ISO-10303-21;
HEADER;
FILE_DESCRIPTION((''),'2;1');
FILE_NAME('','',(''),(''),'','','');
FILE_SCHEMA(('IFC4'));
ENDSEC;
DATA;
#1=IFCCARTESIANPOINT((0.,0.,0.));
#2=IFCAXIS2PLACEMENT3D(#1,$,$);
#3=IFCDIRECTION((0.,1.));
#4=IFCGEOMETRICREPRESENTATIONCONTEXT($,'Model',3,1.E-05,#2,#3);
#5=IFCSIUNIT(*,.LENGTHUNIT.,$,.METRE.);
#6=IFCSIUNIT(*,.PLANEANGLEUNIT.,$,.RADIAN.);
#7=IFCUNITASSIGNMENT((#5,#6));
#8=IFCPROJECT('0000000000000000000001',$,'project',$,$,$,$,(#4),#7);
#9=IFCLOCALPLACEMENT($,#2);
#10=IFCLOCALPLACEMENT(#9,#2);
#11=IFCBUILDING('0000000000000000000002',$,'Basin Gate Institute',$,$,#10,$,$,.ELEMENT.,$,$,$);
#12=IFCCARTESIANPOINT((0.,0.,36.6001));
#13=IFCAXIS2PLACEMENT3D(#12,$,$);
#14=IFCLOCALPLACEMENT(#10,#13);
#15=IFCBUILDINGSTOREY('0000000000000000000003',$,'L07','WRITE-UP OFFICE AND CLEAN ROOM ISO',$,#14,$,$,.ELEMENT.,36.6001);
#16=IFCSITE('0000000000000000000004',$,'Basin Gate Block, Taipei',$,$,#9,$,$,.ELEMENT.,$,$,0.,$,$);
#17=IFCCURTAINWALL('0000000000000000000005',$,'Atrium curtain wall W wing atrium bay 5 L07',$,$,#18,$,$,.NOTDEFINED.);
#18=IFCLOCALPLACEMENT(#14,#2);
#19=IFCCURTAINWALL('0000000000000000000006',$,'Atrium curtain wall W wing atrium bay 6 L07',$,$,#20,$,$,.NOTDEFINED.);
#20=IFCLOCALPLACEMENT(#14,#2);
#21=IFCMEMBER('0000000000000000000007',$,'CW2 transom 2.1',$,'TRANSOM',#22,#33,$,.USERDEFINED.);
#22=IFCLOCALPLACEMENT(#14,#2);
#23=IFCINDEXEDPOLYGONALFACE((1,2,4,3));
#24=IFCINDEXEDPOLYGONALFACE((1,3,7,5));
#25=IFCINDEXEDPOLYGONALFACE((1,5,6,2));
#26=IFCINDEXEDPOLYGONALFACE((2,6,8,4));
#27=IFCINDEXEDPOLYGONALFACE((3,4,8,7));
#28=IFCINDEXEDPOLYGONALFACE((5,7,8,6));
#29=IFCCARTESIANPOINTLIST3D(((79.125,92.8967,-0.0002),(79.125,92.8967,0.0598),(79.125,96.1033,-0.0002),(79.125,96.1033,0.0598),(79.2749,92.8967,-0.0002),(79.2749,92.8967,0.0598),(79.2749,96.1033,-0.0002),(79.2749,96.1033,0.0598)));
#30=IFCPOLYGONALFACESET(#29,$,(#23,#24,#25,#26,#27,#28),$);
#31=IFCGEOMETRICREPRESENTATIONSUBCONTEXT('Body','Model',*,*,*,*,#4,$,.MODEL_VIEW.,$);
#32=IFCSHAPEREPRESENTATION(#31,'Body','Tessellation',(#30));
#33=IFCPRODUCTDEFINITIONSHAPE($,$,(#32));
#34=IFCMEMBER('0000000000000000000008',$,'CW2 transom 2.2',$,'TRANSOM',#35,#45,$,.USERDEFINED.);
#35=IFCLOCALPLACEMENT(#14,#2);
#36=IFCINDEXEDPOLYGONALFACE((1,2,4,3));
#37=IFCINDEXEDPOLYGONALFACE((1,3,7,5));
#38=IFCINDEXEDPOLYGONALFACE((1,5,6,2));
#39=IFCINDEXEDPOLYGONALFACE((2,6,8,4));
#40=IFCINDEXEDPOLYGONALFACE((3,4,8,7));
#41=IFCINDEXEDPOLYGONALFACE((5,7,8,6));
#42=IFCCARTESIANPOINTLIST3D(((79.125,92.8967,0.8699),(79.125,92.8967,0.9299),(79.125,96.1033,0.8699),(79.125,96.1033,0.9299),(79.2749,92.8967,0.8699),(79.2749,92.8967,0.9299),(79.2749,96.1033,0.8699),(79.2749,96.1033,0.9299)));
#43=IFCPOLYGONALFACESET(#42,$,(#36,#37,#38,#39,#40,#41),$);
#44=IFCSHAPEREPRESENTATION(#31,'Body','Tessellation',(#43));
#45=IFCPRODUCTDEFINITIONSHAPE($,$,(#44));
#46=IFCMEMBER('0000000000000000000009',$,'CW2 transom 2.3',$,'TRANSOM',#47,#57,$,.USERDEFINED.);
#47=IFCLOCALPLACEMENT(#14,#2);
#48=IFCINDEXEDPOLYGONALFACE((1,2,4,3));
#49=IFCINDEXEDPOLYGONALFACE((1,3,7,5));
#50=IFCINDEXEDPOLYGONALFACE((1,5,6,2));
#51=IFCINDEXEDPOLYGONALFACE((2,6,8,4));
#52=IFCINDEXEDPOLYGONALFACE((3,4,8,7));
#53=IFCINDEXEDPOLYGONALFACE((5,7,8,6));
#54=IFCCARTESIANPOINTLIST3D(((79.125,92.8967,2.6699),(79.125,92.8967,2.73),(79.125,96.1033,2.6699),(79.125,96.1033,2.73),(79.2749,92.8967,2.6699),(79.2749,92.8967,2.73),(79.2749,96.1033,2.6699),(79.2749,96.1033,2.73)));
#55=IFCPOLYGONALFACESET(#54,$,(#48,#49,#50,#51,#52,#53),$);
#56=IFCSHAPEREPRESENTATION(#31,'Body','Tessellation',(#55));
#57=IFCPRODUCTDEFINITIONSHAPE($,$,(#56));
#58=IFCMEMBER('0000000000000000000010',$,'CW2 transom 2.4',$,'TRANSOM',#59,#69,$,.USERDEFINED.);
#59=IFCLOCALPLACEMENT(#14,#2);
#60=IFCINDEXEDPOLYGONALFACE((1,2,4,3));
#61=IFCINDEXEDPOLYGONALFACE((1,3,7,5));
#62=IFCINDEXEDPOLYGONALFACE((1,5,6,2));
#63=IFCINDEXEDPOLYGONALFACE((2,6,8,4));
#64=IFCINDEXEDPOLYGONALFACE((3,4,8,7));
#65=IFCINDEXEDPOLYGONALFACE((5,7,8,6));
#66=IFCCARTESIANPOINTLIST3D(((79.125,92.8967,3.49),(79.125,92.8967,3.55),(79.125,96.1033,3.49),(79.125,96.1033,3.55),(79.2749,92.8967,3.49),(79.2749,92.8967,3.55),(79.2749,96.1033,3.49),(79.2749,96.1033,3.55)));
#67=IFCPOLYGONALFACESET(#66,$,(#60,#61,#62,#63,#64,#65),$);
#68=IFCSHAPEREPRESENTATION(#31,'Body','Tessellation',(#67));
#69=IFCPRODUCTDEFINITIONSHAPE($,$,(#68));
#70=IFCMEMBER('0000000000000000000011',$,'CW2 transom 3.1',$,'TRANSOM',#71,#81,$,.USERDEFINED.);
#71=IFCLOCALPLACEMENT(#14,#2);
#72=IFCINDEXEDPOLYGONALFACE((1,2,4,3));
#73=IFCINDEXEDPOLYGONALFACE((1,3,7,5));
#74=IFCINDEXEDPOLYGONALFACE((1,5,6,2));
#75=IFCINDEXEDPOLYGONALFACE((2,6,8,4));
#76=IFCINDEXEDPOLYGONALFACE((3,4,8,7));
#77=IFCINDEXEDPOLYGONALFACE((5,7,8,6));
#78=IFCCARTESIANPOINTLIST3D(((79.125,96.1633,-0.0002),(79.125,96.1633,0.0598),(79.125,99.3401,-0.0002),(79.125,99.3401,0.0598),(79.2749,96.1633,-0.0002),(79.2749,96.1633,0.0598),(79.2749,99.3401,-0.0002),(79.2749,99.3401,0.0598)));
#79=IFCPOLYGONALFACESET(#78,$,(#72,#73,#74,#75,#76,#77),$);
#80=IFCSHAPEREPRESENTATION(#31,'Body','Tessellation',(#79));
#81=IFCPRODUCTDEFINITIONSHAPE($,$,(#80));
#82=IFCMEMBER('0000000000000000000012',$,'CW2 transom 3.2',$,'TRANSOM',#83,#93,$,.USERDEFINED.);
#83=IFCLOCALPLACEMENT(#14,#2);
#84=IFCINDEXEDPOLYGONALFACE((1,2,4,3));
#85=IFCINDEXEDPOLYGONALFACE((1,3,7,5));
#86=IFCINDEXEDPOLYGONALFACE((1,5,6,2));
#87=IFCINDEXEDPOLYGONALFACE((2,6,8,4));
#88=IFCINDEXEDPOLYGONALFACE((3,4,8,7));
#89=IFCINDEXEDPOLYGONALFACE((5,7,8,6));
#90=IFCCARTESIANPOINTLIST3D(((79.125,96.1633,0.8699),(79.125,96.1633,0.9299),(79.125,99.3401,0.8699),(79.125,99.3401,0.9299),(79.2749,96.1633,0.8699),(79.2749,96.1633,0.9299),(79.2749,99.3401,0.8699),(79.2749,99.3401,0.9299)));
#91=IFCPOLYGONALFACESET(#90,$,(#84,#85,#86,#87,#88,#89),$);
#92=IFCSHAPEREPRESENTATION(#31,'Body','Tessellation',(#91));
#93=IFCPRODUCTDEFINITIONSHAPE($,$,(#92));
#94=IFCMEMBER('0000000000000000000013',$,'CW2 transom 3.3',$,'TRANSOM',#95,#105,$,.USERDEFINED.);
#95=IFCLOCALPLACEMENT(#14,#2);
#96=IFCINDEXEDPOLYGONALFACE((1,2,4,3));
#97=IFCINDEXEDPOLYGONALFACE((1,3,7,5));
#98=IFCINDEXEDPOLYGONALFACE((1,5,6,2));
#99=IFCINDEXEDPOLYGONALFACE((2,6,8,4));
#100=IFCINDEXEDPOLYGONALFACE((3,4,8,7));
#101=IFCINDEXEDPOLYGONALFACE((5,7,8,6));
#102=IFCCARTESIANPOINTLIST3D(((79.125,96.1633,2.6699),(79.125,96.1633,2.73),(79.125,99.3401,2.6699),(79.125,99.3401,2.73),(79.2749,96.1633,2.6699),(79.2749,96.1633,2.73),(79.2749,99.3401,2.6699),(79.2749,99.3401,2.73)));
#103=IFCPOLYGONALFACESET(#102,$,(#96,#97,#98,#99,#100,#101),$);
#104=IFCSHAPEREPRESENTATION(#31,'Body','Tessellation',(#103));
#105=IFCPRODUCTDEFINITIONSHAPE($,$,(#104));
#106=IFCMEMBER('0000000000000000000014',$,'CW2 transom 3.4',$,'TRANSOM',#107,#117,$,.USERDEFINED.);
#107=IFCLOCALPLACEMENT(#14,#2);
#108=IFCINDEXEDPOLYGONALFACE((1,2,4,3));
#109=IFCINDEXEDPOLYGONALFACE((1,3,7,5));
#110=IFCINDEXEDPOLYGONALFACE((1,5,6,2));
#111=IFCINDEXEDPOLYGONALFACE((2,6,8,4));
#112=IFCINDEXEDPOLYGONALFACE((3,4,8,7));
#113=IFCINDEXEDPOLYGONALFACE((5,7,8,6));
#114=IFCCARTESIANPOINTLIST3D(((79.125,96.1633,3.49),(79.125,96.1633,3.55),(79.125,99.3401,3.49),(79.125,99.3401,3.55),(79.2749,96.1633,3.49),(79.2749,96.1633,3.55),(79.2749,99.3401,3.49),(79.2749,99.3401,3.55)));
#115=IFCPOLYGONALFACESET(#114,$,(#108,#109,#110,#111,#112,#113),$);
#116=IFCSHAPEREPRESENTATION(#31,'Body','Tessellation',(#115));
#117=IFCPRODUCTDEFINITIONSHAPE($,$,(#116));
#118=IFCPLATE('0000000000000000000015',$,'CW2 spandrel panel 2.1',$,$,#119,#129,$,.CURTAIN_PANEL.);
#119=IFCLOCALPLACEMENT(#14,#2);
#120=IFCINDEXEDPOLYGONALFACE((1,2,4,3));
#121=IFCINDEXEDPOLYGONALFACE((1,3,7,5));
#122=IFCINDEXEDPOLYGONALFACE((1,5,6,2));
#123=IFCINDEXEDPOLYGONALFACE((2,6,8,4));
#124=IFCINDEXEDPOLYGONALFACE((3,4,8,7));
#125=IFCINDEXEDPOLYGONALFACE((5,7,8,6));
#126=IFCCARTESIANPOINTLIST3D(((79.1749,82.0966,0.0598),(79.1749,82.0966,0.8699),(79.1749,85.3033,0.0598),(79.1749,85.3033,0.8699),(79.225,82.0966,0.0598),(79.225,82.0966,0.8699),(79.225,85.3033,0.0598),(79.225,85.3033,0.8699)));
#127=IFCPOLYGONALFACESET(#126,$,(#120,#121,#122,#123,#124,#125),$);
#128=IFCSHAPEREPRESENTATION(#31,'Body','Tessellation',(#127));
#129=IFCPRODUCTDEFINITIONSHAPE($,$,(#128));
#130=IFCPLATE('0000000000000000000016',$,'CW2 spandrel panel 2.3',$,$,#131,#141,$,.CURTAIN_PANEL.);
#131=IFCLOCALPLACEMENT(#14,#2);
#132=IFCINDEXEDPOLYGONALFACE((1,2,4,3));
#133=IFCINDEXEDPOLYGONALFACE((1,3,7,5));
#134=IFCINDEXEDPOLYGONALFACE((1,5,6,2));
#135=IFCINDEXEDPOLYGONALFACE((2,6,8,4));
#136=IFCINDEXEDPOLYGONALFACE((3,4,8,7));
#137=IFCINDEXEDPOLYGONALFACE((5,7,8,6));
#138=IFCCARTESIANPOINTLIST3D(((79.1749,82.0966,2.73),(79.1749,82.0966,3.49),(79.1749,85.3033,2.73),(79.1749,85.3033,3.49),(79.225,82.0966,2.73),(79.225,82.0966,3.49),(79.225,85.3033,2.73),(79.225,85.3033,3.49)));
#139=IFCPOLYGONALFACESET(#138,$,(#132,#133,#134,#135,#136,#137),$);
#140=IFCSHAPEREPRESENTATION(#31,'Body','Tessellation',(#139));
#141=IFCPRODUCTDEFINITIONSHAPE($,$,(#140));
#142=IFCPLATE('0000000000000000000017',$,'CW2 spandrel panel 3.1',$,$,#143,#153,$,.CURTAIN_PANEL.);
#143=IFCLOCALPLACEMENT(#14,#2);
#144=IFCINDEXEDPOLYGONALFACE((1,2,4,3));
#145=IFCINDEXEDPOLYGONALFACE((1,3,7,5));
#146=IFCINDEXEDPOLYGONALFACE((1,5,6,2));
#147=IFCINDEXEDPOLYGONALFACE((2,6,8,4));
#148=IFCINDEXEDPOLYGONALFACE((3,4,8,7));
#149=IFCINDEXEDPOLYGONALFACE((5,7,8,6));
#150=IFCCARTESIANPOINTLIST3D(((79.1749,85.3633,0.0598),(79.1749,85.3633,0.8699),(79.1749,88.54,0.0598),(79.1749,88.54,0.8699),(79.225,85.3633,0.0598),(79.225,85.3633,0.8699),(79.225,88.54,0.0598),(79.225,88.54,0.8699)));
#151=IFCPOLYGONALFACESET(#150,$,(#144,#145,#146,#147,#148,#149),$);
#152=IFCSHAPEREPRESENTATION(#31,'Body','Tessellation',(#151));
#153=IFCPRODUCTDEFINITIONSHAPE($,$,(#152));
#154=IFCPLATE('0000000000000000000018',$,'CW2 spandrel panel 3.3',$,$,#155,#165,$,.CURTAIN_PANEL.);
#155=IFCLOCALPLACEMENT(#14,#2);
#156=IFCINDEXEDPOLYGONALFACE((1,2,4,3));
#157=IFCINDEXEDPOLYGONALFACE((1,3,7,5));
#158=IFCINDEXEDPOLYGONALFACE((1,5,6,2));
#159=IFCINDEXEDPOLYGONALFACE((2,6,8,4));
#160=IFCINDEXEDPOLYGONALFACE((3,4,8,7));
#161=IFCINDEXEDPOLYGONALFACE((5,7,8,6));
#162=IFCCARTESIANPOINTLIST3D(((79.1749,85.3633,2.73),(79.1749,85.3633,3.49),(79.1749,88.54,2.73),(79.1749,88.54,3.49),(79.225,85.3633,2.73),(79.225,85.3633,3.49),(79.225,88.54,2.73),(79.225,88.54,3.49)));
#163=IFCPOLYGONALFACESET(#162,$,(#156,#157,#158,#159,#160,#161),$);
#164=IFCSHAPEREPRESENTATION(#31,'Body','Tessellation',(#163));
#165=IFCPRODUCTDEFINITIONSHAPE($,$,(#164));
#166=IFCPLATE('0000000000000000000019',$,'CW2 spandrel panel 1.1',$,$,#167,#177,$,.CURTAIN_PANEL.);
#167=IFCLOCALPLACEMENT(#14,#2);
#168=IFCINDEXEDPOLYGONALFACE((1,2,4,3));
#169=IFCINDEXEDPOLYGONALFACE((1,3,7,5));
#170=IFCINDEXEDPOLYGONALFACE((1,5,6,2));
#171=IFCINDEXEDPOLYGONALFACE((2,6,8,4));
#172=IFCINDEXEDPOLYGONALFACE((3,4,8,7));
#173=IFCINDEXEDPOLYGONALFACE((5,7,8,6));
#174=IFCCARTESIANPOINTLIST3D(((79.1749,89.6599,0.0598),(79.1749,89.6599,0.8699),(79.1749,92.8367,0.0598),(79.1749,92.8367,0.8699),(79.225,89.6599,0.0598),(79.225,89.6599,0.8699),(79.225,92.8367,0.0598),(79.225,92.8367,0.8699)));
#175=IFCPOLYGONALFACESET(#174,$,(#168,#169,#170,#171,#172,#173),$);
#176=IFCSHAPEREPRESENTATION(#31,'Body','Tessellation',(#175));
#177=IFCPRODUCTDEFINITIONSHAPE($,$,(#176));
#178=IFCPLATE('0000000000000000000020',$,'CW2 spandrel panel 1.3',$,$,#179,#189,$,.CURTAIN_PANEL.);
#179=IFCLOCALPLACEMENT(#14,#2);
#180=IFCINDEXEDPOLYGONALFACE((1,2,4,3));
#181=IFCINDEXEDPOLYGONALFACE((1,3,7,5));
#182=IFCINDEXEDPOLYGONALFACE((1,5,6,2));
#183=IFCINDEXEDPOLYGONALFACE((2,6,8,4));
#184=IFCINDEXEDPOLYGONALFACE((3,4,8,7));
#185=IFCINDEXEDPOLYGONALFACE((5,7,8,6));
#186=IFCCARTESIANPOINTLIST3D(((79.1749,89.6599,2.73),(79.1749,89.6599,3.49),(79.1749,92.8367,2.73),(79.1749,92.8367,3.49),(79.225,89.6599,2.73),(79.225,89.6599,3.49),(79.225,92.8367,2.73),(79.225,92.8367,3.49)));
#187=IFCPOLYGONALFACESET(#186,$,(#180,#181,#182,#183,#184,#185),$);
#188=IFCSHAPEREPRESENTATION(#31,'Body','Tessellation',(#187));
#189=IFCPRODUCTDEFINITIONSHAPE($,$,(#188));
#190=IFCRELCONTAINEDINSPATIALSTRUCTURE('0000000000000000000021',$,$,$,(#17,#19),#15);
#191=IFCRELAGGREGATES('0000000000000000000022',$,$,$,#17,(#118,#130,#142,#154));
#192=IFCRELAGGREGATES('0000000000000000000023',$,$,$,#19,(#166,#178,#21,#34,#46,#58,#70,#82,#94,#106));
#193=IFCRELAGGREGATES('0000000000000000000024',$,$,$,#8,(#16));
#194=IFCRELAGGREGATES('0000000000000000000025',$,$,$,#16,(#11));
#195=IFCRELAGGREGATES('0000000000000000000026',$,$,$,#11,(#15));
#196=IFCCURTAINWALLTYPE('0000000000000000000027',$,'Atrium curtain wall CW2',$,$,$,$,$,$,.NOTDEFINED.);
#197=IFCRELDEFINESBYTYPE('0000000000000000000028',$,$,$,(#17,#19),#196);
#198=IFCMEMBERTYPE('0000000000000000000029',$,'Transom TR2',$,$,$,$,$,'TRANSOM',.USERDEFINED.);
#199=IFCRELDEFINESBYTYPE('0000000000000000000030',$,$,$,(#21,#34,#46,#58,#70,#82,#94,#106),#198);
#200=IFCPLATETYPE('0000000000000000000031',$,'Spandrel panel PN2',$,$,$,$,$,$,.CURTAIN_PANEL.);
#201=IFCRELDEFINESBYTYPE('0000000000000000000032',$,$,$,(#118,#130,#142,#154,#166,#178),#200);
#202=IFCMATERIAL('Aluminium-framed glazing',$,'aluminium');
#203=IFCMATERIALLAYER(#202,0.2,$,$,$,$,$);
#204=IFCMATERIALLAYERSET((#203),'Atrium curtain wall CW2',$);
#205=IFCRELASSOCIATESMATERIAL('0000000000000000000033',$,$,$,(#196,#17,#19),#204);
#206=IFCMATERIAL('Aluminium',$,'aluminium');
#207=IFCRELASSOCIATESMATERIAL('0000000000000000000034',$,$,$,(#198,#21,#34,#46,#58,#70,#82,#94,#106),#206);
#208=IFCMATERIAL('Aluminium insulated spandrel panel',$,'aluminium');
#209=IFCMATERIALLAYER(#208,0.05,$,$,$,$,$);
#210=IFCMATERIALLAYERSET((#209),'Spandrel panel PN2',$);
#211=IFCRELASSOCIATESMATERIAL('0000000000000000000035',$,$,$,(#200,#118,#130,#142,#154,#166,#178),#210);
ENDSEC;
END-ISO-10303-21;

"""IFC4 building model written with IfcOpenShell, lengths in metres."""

from ifc_helpers import new_model, si_unit, direction, frame, origin, origin_2d, place, context, subcontext, project, spatial, rectangle, extrude, material, layer, layer_set, material_profile, profile_set, type_object, element, aggregate, save


model = new_model("IFC4")

# Units and contexts
model_context = context("Model", 3, precision=1e-05, world=origin(), true_north=direction((0.0, 1.0)))
body_context = subcontext(model_context, "Body", "Model", "MODEL_VIEW")
ifc_project = project(units=[si_unit("LENGTHUNIT", "METRE"), si_unit("PLANEANGLEUNIT", "RADIAN")], contexts=[model_context])

# Site, building, storey
site_placement = place(None, origin())
site = spatial("IfcSite", under=ifc_project, at=site_placement, Name="Basin Gate Block, Taipei", CompositionType="ELEMENT", RefElevation=0.0)
building_placement = place(site_placement, origin())
building = spatial("IfcBuilding", under=site, at=building_placement, Name="Basin Gate Institute", CompositionType="ELEMENT")
storey_placement = place(building_placement, frame((0.0, 0.0, 36.6001)))
storey = spatial("IfcBuildingStorey", under=building, at=storey_placement, Name="L07", Description="WRITE-UP OFFICE AND CLEAN ROOM ISO", CompositionType="ELEMENT", Elevation=36.6001)

# Curtain walls
ifc_material_1 = material(Name="Aluminium-framed glazing", Category="aluminium")
ifc_layer_1 = layer(ifc_material_1, 0.2)
ifc_layer_set_1 = layer_set([ifc_layer_1], Name="Atrium curtain wall CW2")
curtain_wall_type = type_object("IfcCurtainWallType", Name="Atrium curtain wall CW2", PredefinedType="NOTDEFINED", material=ifc_layer_set_1)
curtain_wall_1_placement = place(storey_placement, origin())
curtain_wall_1 = element("IfcCurtainWall", 1, at=curtain_wall_1_placement, inside=storey, type_object=curtain_wall_type, material=ifc_layer_set_1, Name="Atrium curtain wall W wing atrium bay 5 L07", PredefinedType="NOTDEFINED")
curtain_wall_2_placement = place(storey_placement, origin())
curtain_wall_2 = element("IfcCurtainWall", 2, at=curtain_wall_2_placement, inside=storey, type_object=curtain_wall_type, material=ifc_layer_set_1, Name="Atrium curtain wall W wing atrium bay 6 L07", PredefinedType="NOTDEFINED")

# Members
ifc_material_2 = material(Name="Aluminium", Category="aluminium")
ifc_material_profile_1 = material_profile(ifc_material_2, rectangle(XDim=0.1499, YDim=0.0601, at=origin_2d()), Name="Transom TR2 150 x 60")
ifc_profile_set_1 = profile_set([ifc_material_profile_1], Name="Aluminium")
member_type_1 = type_object("IfcMemberType", Name="Transom TR2", ElementType="TRANSOM", PredefinedType="USERDEFINED", material=ifc_profile_set_1)
member_1_placement = place(storey_placement, frame((79.2, 92.8967, 0.0298), z_axis=(0.0, 1.0, 0.0), x_axis=(-1.0, 0.0, 0.0)))
member_1 = element("IfcMember", 3, at=member_1_placement, type_object=member_type_1, material=ifc_profile_set_1, Name="CW2 transom 2.1", ObjectType="TRANSOM", PredefinedType="USERDEFINED", context=body_context, shape_type="SweptSolid", body=[
    extrude(rectangle(XDim=0.1499, YDim=0.0601, at=origin_2d()), origin(), (0.0, 0.0, 1.0), 3.2065),
])
member_2_placement = place(storey_placement, frame((79.2, 92.8967, 0.8999), z_axis=(0.0, 1.0, 0.0), x_axis=(-1.0, 0.0, 0.0)))
member_2 = element("IfcMember", 4, at=member_2_placement, type_object=member_type_1, material=ifc_profile_set_1, Name="CW2 transom 2.2", ObjectType="TRANSOM", PredefinedType="USERDEFINED", context=body_context, shape_type="SweptSolid", body=[
    extrude(rectangle(XDim=0.1499, YDim=0.0601, at=origin_2d()), origin(), (0.0, 0.0, 1.0), 3.2065),
])
member_3_placement = place(storey_placement, frame((79.2, 92.8967, 2.7), z_axis=(0.0, 1.0, 0.0), x_axis=(-1.0, 0.0, 0.0)))
member_3 = element("IfcMember", 5, at=member_3_placement, type_object=member_type_1, material=ifc_profile_set_1, Name="CW2 transom 2.3", ObjectType="TRANSOM", PredefinedType="USERDEFINED", context=body_context, shape_type="SweptSolid", body=[
    extrude(rectangle(XDim=0.1499, YDim=0.0601, at=origin_2d()), origin(), (0.0, 0.0, 1.0), 3.2065),
])
member_4_placement = place(storey_placement, frame((79.2, 92.8967, 3.52), z_axis=(0.0, 1.0, 0.0), x_axis=(-1.0, 0.0, 0.0)))
member_4 = element("IfcMember", 6, at=member_4_placement, type_object=member_type_1, material=ifc_profile_set_1, Name="CW2 transom 2.4", ObjectType="TRANSOM", PredefinedType="USERDEFINED", context=body_context, shape_type="SweptSolid", body=[
    extrude(rectangle(XDim=0.1499, YDim=0.0601, at=origin_2d()), origin(), (0.0, 0.0, 1.0), 3.2065),
])
member_5_placement = place(storey_placement, frame((79.2, 96.1633, 0.0298), z_axis=(0.0, 1.0, 0.0), x_axis=(-1.0, 0.0, 0.0)))
member_5 = element("IfcMember", 7, at=member_5_placement, type_object=member_type_1, material=ifc_profile_set_1, Name="CW2 transom 3.1", ObjectType="TRANSOM", PredefinedType="USERDEFINED", context=body_context, shape_type="SweptSolid", body=[
    extrude(rectangle(XDim=0.1499, YDim=0.0601, at=origin_2d()), origin(), (0.0, 0.0, 1.0), 3.1768),
])
member_6_placement = place(storey_placement, frame((79.2, 96.1633, 0.8999), z_axis=(0.0, 1.0, 0.0), x_axis=(-1.0, 0.0, 0.0)))
member_6 = element("IfcMember", 8, at=member_6_placement, type_object=member_type_1, material=ifc_profile_set_1, Name="CW2 transom 3.2", ObjectType="TRANSOM", PredefinedType="USERDEFINED", context=body_context, shape_type="SweptSolid", body=[
    extrude(rectangle(XDim=0.1499, YDim=0.0601, at=origin_2d()), origin(), (0.0, 0.0, 1.0), 3.1768),
])
member_7_placement = place(storey_placement, frame((79.2, 96.1633, 2.7), z_axis=(0.0, 1.0, 0.0), x_axis=(-1.0, 0.0, 0.0)))
member_7 = element("IfcMember", 9, at=member_7_placement, type_object=member_type_1, material=ifc_profile_set_1, Name="CW2 transom 3.3", ObjectType="TRANSOM", PredefinedType="USERDEFINED", context=body_context, shape_type="SweptSolid", body=[
    extrude(rectangle(XDim=0.1499, YDim=0.0601, at=origin_2d()), origin(), (0.0, 0.0, 1.0), 3.1768),
])
member_8_placement = place(storey_placement, frame((79.2, 96.1633, 3.52), z_axis=(0.0, 1.0, 0.0), x_axis=(-1.0, 0.0, 0.0)))
member_8 = element("IfcMember", 10, at=member_8_placement, type_object=member_type_1, material=ifc_profile_set_1, Name="CW2 transom 3.4", ObjectType="TRANSOM", PredefinedType="USERDEFINED", context=body_context, shape_type="SweptSolid", body=[
    extrude(rectangle(XDim=0.1499, YDim=0.0601, at=origin_2d()), origin(), (0.0, 0.0, 1.0), 3.1768),
])

# Plates
ifc_material_3 = material(Name="Aluminium insulated spandrel panel", Category="aluminium")
ifc_layer_2 = layer(ifc_material_3, 0.05)
ifc_layer_set_2 = layer_set([ifc_layer_2], Name="Spandrel panel PN2")
plate_type_1 = type_object("IfcPlateType", Name="Spandrel panel PN2", PredefinedType="CURTAIN_PANEL", material=ifc_layer_set_2)
plate_1_placement = place(storey_placement, frame((79.2, 83.7, 0.0598), z_axis=(0.0, 0.0, 1.0), x_axis=(0.0, 1.0, 0.0)))
plate_1 = element("IfcPlate", 11, at=plate_1_placement, type_object=plate_type_1, material=ifc_layer_set_2, Name="CW2 spandrel panel 2.1", PredefinedType="CURTAIN_PANEL", context=body_context, shape_type="SweptSolid", body=[
    extrude(rectangle(XDim=3.2068, YDim=0.05, at=origin_2d()), origin(), (0.0, 0.0, 1.0), 0.8101),
])
plate_2_placement = place(storey_placement, frame((79.2, 83.7, 2.73), z_axis=(0.0, 0.0, 1.0), x_axis=(0.0, 1.0, 0.0)))
plate_2 = element("IfcPlate", 12, at=plate_2_placement, type_object=plate_type_1, material=ifc_layer_set_2, Name="CW2 spandrel panel 2.3", PredefinedType="CURTAIN_PANEL", context=body_context, shape_type="SweptSolid", body=[
    extrude(rectangle(XDim=3.2068, YDim=0.05, at=origin_2d()), origin(), (0.0, 0.0, 1.0), 0.76),
])
plate_3_placement = place(storey_placement, frame((79.2, 86.9517, 0.0598), z_axis=(0.0, 0.0, 1.0), x_axis=(0.0, 1.0, 0.0)))
plate_3 = element("IfcPlate", 13, at=plate_3_placement, type_object=plate_type_1, material=ifc_layer_set_2, Name="CW2 spandrel panel 3.1", PredefinedType="CURTAIN_PANEL", context=body_context, shape_type="SweptSolid", body=[
    extrude(rectangle(XDim=3.1768, YDim=0.05, at=origin_2d()), origin(), (0.0, 0.0, 1.0), 0.8101),
])
plate_4_placement = place(storey_placement, frame((79.2, 86.9517, 2.73), z_axis=(0.0, 0.0, 1.0), x_axis=(0.0, 1.0, 0.0)))
plate_4 = element("IfcPlate", 14, at=plate_4_placement, type_object=plate_type_1, material=ifc_layer_set_2, Name="CW2 spandrel panel 3.3", PredefinedType="CURTAIN_PANEL", context=body_context, shape_type="SweptSolid", body=[
    extrude(rectangle(XDim=3.1768, YDim=0.05, at=origin_2d()), origin(), (0.0, 0.0, 1.0), 0.76),
])
plate_5_placement = place(storey_placement, frame((79.2, 91.2483, 0.0598), z_axis=(0.0, 0.0, 1.0), x_axis=(0.0, 1.0, 0.0)))
plate_5 = element("IfcPlate", 15, at=plate_5_placement, type_object=plate_type_1, material=ifc_layer_set_2, Name="CW2 spandrel panel 1.1", PredefinedType="CURTAIN_PANEL", context=body_context, shape_type="SweptSolid", body=[
    extrude(rectangle(XDim=3.1768, YDim=0.05, at=origin_2d()), origin(), (0.0, 0.0, 1.0), 0.8101),
])
plate_6_placement = place(storey_placement, frame((79.2, 91.2483, 2.73), z_axis=(0.0, 0.0, 1.0), x_axis=(0.0, 1.0, 0.0)))
plate_6 = element("IfcPlate", 16, at=plate_6_placement, type_object=plate_type_1, material=ifc_layer_set_2, Name="CW2 spandrel panel 1.3", PredefinedType="CURTAIN_PANEL", context=body_context, shape_type="SweptSolid", body=[
    extrude(rectangle(XDim=3.1768, YDim=0.05, at=origin_2d()), origin(), (0.0, 0.0, 1.0), 0.76),
])
aggregate(curtain_wall_1, [plate_1, plate_2, plate_3, plate_4])
aggregate(curtain_wall_2, [plate_5, plate_6, member_1, member_2, member_3, member_4, member_5, member_6, member_7, member_8])

save(model, "model.ifc")
